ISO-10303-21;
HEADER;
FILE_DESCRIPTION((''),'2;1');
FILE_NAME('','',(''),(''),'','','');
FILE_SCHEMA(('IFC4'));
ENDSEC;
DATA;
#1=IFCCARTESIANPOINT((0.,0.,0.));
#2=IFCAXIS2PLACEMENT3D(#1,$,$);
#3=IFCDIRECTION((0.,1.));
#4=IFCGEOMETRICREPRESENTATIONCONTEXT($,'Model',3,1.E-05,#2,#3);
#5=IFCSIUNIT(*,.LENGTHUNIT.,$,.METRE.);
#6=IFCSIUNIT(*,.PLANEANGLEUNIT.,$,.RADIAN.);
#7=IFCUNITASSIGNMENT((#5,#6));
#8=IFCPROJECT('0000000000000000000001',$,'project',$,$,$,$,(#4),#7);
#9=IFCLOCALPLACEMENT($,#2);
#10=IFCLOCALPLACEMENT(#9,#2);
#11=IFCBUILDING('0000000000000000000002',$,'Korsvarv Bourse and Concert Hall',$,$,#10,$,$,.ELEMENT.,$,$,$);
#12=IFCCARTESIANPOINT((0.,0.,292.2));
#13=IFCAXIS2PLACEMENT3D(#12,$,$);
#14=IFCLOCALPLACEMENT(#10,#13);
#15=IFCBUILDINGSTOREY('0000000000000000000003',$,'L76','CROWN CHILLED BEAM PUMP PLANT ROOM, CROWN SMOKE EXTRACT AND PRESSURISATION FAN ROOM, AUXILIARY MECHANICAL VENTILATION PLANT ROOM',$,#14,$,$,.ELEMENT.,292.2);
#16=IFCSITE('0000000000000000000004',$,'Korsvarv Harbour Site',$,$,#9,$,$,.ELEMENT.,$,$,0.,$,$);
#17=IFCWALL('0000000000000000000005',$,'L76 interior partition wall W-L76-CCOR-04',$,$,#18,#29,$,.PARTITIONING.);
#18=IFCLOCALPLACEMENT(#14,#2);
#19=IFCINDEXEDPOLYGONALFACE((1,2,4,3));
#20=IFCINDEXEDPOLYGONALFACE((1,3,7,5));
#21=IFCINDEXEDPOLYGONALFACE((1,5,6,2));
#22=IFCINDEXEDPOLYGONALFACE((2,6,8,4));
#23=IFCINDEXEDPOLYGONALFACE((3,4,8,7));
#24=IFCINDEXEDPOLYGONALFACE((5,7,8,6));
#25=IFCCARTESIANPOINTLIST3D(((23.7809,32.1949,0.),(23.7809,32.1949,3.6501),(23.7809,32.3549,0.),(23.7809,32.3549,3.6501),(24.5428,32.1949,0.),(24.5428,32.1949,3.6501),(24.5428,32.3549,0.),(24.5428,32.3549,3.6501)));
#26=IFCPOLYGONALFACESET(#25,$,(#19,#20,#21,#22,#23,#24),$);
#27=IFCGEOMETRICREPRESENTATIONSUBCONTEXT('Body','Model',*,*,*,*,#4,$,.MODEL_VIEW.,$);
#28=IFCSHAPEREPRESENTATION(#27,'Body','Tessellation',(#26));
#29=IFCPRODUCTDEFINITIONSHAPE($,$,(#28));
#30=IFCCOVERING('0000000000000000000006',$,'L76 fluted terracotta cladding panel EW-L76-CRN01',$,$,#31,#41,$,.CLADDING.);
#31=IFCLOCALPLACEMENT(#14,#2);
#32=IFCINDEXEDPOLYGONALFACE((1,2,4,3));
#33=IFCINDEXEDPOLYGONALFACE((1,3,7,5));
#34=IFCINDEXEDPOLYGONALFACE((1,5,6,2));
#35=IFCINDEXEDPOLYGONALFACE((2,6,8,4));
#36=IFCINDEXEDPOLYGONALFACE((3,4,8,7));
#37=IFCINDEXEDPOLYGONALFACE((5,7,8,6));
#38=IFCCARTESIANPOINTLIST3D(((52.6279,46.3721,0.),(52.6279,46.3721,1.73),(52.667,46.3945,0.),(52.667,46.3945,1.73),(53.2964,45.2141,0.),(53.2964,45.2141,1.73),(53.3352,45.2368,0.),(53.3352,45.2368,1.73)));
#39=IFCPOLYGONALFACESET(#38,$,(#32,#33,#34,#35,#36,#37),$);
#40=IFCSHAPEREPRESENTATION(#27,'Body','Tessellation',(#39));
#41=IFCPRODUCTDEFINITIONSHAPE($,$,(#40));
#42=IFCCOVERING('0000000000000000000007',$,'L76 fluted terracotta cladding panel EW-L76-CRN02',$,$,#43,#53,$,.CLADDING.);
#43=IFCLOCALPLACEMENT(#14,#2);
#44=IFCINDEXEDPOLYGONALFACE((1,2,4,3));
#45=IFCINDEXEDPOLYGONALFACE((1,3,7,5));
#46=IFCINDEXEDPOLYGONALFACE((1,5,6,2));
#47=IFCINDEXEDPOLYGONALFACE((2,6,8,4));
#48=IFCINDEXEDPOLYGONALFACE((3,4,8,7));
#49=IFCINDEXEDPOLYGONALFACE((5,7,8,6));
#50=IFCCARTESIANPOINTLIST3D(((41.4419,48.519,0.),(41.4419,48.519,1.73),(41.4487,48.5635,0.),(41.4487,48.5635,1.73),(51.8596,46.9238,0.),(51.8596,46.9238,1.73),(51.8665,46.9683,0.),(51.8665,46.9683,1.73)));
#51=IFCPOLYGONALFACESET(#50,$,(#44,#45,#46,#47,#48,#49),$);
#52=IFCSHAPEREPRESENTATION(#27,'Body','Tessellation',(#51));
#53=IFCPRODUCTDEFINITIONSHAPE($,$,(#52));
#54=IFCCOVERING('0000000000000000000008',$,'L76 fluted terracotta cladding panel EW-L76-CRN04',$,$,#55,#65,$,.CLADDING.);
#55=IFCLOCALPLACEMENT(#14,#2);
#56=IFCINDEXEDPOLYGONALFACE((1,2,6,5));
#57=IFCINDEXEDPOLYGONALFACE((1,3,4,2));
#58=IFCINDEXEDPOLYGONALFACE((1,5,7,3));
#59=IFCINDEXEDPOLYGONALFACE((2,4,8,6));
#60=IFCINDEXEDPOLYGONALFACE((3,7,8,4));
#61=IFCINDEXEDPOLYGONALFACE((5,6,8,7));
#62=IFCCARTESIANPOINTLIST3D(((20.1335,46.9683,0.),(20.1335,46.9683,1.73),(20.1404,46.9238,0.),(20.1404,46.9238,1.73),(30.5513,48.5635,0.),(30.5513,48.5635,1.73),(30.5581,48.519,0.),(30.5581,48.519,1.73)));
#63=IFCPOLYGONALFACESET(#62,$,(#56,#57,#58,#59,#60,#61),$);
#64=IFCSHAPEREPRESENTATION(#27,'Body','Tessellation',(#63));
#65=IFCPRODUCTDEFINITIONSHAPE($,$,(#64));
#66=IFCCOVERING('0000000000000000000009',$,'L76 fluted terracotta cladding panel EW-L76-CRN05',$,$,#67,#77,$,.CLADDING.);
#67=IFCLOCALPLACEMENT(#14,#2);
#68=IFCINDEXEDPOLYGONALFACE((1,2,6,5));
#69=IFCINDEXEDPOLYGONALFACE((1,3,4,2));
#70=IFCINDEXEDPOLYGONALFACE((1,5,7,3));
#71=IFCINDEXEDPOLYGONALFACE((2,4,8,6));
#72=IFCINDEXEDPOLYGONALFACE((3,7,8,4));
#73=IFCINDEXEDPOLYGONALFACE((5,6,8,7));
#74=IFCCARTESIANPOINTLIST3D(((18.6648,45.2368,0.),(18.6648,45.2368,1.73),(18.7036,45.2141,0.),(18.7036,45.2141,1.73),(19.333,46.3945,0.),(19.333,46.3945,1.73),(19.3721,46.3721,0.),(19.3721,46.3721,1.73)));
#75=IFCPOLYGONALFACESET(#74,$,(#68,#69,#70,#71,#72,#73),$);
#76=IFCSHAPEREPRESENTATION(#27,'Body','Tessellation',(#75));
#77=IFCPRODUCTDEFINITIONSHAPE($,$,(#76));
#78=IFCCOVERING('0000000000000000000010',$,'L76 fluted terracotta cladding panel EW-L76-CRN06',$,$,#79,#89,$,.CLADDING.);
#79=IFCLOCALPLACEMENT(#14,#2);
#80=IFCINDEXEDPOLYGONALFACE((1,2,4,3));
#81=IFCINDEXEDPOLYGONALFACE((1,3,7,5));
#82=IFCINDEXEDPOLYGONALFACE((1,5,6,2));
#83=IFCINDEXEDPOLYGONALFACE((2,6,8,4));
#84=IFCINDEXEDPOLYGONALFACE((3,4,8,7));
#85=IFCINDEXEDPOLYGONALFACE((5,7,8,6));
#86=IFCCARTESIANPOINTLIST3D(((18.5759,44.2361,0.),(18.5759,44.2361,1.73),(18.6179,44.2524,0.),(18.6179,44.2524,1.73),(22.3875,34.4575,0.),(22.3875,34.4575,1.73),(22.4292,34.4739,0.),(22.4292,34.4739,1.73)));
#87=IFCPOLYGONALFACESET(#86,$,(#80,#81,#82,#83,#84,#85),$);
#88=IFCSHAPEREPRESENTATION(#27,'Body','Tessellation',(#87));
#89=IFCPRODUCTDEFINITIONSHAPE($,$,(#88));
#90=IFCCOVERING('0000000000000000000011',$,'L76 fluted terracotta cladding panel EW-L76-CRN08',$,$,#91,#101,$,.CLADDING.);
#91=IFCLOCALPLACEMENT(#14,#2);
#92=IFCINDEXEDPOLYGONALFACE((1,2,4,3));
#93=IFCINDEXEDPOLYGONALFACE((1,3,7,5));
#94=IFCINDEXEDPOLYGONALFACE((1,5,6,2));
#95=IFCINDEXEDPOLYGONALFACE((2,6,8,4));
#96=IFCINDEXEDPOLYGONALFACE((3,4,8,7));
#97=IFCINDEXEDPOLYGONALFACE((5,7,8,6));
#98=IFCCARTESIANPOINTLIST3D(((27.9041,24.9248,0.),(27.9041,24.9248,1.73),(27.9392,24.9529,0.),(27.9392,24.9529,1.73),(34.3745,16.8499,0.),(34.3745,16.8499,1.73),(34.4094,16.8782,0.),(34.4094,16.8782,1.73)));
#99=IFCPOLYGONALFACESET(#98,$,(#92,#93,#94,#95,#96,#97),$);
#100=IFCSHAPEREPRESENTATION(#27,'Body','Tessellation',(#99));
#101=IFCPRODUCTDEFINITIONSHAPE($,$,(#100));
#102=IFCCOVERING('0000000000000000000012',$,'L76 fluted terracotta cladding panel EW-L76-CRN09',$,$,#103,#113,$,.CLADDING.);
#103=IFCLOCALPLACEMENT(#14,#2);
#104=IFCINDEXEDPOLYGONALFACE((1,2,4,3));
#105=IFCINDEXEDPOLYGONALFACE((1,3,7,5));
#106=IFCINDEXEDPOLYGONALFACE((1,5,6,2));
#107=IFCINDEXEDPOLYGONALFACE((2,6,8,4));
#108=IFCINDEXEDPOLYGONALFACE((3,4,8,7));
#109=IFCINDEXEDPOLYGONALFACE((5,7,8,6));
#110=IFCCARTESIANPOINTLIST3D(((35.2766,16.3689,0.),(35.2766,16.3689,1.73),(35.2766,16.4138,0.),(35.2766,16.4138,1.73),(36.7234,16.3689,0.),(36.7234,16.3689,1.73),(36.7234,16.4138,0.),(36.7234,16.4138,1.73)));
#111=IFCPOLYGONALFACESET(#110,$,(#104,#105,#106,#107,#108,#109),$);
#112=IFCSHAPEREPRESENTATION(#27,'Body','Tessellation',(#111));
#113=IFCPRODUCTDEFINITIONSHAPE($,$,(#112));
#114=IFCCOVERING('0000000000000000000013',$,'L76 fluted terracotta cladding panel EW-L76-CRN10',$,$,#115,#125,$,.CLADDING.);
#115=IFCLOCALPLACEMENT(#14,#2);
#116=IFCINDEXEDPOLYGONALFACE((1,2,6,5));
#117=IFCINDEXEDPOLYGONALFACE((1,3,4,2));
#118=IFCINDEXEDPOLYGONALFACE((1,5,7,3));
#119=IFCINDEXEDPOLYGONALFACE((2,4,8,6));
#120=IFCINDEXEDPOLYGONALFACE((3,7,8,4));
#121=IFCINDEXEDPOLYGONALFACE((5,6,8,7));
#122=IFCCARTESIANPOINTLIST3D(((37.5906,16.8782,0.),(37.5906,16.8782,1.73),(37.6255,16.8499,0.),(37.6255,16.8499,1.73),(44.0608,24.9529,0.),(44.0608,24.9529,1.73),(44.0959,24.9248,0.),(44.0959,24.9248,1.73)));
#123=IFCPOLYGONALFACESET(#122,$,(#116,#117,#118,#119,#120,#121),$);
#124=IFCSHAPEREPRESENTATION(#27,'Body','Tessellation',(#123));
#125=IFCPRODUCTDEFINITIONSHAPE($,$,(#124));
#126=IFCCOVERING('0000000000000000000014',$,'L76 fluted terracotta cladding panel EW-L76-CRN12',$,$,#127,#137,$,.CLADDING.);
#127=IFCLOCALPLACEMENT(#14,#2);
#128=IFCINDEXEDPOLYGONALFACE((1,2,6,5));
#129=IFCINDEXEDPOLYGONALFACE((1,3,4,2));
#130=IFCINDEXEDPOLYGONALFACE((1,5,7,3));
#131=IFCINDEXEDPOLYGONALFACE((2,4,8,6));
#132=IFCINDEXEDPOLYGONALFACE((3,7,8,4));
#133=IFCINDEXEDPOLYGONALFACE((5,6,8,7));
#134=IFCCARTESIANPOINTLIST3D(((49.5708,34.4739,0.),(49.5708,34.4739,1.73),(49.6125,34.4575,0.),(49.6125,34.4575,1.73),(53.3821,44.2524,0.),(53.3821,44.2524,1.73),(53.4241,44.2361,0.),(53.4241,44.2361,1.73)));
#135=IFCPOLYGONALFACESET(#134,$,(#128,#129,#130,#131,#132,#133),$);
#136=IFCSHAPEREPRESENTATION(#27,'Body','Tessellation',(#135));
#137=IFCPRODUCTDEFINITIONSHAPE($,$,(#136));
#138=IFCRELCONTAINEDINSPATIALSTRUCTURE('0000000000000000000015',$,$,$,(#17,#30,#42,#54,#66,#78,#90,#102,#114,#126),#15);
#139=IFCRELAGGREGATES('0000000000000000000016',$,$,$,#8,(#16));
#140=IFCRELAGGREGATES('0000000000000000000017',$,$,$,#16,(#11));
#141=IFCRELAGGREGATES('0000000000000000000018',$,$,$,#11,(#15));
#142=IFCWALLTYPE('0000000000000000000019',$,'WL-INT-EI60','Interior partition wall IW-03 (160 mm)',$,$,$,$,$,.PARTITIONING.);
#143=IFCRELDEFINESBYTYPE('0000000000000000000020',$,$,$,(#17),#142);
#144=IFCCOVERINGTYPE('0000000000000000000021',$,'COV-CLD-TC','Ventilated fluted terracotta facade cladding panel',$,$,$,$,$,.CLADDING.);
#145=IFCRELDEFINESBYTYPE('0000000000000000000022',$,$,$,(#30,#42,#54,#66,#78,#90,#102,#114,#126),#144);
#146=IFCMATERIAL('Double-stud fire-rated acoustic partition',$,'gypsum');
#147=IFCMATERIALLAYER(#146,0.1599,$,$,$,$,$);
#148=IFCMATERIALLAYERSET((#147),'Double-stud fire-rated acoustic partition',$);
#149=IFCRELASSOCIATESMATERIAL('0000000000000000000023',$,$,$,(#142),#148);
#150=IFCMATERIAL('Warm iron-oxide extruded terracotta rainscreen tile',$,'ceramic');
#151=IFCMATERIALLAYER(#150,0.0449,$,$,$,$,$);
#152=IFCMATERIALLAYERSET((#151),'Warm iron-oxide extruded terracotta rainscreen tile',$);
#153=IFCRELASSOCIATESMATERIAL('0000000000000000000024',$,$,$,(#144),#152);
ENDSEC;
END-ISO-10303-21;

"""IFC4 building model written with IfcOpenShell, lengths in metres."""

from ifc_helpers import new_model, si_unit, direction, frame, frame_2d, origin, place, context, subcontext, project, spatial, polyline, rectangle, outline, extrude, material, layer, layer_set, type_object, element, save


model = new_model("IFC4")

# Units and contexts
model_context = context("Model", 3, precision=1e-05, world=origin(), true_north=direction((0.0, 1.0)))
body_context = subcontext(model_context, "Body", "Model", "MODEL_VIEW")
ifc_project = project(units=[si_unit("LENGTHUNIT", "METRE"), si_unit("PLANEANGLEUNIT", "RADIAN")], contexts=[model_context])

# Site, building, storey
site_placement = place(None, origin())
site = spatial("IfcSite", under=ifc_project, at=site_placement, Name="Korsvarv Harbour Site", CompositionType="ELEMENT", RefElevation=0.0)
building_placement = place(site_placement, origin())
building = spatial("IfcBuilding", under=site, at=building_placement, Name="Korsvarv Bourse and Concert Hall", CompositionType="ELEMENT")
storey_placement = place(building_placement, frame((0.0, 0.0, 292.2)))
storey = spatial("IfcBuildingStorey", under=building, at=storey_placement, Name="L76", Description="CROWN CHILLED BEAM PUMP PLANT ROOM, CROWN SMOKE EXTRACT AND PRESSURISATION FAN ROOM, AUXILIARY MECHANICAL VENTILATION PLANT ROOM", CompositionType="ELEMENT", Elevation=292.2)

# Wall
ifc_material_1 = material(Name="Double-stud fire-rated acoustic partition", Category="gypsum")
ifc_layer_1 = layer(ifc_material_1, 0.1599)
ifc_layer_set_1 = layer_set([ifc_layer_1], Name="Double-stud fire-rated acoustic partition")
wall_type = type_object("IfcWallType", Name="WL-INT-EI60", Description="Interior partition wall IW-03 (160 mm)", PredefinedType="PARTITIONING", material=ifc_layer_set_1)
wall_placement = place(storey_placement, frame((23.781, 32.2749, 0.0), z_axis=(0.0, 0.0, 1.0), x_axis=(1.0, 0.0, 0.0)))
element("IfcWall", 1, at=wall_placement, inside=storey, type_object=wall_type, Name="L76 interior partition wall W-L76-CCOR-04", PredefinedType="PARTITIONING", context=body_context, shape_type="SweptSolid", body=[
    extrude(rectangle(XDim=0.762, YDim=0.1599, at=frame_2d((0.3809, 0.0))), origin(), (0.0, 0.0, 1.0), 3.6501),
])

# Coverings
ifc_material_2 = material(Name="Warm iron-oxide extruded terracotta rainscreen tile", Category="ceramic")
ifc_layer_2 = layer(ifc_material_2, 0.0449)
ifc_layer_set_2 = layer_set([ifc_layer_2], Name="Warm iron-oxide extruded terracotta rainscreen tile")
covering_type = type_object("IfcCoveringType", Name="COV-CLD-TC", Description="Ventilated fluted terracotta facade cladding panel", PredefinedType="CLADDING", material=ifc_layer_set_2)
covering_1_placement = place(storey_placement, origin())
element("IfcCovering", 2, at=covering_1_placement, inside=storey, type_object=covering_type, Name="L76 fluted terracotta cladding panel EW-L76-CRN01", PredefinedType="CLADDING", context=body_context, shape_type="SweptSolid", body=[
    extrude(outline(polyline([(53.2964, 45.2141), (52.6279, 46.3721), (52.667, 46.3945), (53.3352, 45.2368), (53.2964, 45.2141)])), origin(), (0.0, 0.0, 1.0), 1.73),
])
covering_2_placement = place(storey_placement, origin())
element("IfcCovering", 3, at=covering_2_placement, inside=storey, type_object=covering_type, Name="L76 fluted terracotta cladding panel EW-L76-CRN02", PredefinedType="CLADDING", context=body_context, shape_type="SweptSolid", body=[
    extrude(outline(polyline([(51.8596, 46.9238), (41.4419, 48.519), (41.4487, 48.5635), (51.8665, 46.9683), (51.8596, 46.9238)])), origin(), (0.0, 0.0, 1.0), 1.73),
])
covering_3_placement = place(storey_placement, origin())
element("IfcCovering", 4, at=covering_3_placement, inside=storey, type_object=covering_type, Name="L76 fluted terracotta cladding panel EW-L76-CRN04", PredefinedType="CLADDING", context=body_context, shape_type="SweptSolid", body=[
    extrude(outline(polyline([(30.5581, 48.519), (20.1404, 46.9238), (20.1335, 46.9683), (30.5513, 48.5635), (30.5581, 48.519)])), origin(), (0.0, 0.0, 1.0), 1.73),
])
covering_4_placement = place(storey_placement, origin())
element("IfcCovering", 5, at=covering_4_placement, inside=storey, type_object=covering_type, Name="L76 fluted terracotta cladding panel EW-L76-CRN05", PredefinedType="CLADDING", context=body_context, shape_type="SweptSolid", body=[
    extrude(outline(polyline([(19.3721, 46.3721), (18.7036, 45.2141), (18.6648, 45.2368), (19.333, 46.3945), (19.3721, 46.3721)])), origin(), (0.0, 0.0, 1.0), 1.73),
])
covering_5_placement = place(storey_placement, origin())
element("IfcCovering", 6, at=covering_5_placement, inside=storey, type_object=covering_type, Name="L76 fluted terracotta cladding panel EW-L76-CRN06", PredefinedType="CLADDING", context=body_context, shape_type="SweptSolid", body=[
    extrude(outline(polyline([(18.6179, 44.2524), (22.4292, 34.4739), (22.3875, 34.4575), (18.5759, 44.2361), (18.6179, 44.2524)])), origin(), (0.0, 0.0, 1.0), 1.73),
])
covering_6_placement = place(storey_placement, origin())
element("IfcCovering", 7, at=covering_6_placement, inside=storey, type_object=covering_type, Name="L76 fluted terracotta cladding panel EW-L76-CRN08", PredefinedType="CLADDING", context=body_context, shape_type="SweptSolid", body=[
    extrude(outline(polyline([(27.9392, 24.9529), (34.4094, 16.8782), (34.3745, 16.8499), (27.9041, 24.9248), (27.9392, 24.9529)])), origin(), (0.0, 0.0, 1.0), 1.73),
])
covering_7_placement = place(storey_placement, origin())
element("IfcCovering", 8, at=covering_7_placement, inside=storey, type_object=covering_type, Name="L76 fluted terracotta cladding panel EW-L76-CRN09", PredefinedType="CLADDING", context=body_context, shape_type="SweptSolid", body=[
    extrude(outline(polyline([(35.2766, 16.4138), (36.7234, 16.4138), (36.7234, 16.3689), (35.2766, 16.3689), (35.2766, 16.4138)])), origin(), (0.0, 0.0, 1.0), 1.73),
])
covering_8_placement = place(storey_placement, origin())
element("IfcCovering", 9, at=covering_8_placement, inside=storey, type_object=covering_type, Name="L76 fluted terracotta cladding panel EW-L76-CRN10", PredefinedType="CLADDING", context=body_context, shape_type="SweptSolid", body=[
    extrude(outline(polyline([(37.5906, 16.8782), (44.0608, 24.9529), (44.0959, 24.9248), (37.6255, 16.8499), (37.5906, 16.8782)])), origin(), (0.0, 0.0, 1.0), 1.73),
])
covering_9_placement = place(storey_placement, origin())
element("IfcCovering", 10, at=covering_9_placement, inside=storey, type_object=covering_type, Name="L76 fluted terracotta cladding panel EW-L76-CRN12", PredefinedType="CLADDING", context=body_context, shape_type="SweptSolid", body=[
    extrude(outline(polyline([(49.5708, 34.4739), (53.3821, 44.2524), (53.4241, 44.2361), (49.6125, 34.4575), (49.5708, 34.4739)])), origin(), (0.0, 0.0, 1.0), 1.73),
])

save(model, "model.ifc")
